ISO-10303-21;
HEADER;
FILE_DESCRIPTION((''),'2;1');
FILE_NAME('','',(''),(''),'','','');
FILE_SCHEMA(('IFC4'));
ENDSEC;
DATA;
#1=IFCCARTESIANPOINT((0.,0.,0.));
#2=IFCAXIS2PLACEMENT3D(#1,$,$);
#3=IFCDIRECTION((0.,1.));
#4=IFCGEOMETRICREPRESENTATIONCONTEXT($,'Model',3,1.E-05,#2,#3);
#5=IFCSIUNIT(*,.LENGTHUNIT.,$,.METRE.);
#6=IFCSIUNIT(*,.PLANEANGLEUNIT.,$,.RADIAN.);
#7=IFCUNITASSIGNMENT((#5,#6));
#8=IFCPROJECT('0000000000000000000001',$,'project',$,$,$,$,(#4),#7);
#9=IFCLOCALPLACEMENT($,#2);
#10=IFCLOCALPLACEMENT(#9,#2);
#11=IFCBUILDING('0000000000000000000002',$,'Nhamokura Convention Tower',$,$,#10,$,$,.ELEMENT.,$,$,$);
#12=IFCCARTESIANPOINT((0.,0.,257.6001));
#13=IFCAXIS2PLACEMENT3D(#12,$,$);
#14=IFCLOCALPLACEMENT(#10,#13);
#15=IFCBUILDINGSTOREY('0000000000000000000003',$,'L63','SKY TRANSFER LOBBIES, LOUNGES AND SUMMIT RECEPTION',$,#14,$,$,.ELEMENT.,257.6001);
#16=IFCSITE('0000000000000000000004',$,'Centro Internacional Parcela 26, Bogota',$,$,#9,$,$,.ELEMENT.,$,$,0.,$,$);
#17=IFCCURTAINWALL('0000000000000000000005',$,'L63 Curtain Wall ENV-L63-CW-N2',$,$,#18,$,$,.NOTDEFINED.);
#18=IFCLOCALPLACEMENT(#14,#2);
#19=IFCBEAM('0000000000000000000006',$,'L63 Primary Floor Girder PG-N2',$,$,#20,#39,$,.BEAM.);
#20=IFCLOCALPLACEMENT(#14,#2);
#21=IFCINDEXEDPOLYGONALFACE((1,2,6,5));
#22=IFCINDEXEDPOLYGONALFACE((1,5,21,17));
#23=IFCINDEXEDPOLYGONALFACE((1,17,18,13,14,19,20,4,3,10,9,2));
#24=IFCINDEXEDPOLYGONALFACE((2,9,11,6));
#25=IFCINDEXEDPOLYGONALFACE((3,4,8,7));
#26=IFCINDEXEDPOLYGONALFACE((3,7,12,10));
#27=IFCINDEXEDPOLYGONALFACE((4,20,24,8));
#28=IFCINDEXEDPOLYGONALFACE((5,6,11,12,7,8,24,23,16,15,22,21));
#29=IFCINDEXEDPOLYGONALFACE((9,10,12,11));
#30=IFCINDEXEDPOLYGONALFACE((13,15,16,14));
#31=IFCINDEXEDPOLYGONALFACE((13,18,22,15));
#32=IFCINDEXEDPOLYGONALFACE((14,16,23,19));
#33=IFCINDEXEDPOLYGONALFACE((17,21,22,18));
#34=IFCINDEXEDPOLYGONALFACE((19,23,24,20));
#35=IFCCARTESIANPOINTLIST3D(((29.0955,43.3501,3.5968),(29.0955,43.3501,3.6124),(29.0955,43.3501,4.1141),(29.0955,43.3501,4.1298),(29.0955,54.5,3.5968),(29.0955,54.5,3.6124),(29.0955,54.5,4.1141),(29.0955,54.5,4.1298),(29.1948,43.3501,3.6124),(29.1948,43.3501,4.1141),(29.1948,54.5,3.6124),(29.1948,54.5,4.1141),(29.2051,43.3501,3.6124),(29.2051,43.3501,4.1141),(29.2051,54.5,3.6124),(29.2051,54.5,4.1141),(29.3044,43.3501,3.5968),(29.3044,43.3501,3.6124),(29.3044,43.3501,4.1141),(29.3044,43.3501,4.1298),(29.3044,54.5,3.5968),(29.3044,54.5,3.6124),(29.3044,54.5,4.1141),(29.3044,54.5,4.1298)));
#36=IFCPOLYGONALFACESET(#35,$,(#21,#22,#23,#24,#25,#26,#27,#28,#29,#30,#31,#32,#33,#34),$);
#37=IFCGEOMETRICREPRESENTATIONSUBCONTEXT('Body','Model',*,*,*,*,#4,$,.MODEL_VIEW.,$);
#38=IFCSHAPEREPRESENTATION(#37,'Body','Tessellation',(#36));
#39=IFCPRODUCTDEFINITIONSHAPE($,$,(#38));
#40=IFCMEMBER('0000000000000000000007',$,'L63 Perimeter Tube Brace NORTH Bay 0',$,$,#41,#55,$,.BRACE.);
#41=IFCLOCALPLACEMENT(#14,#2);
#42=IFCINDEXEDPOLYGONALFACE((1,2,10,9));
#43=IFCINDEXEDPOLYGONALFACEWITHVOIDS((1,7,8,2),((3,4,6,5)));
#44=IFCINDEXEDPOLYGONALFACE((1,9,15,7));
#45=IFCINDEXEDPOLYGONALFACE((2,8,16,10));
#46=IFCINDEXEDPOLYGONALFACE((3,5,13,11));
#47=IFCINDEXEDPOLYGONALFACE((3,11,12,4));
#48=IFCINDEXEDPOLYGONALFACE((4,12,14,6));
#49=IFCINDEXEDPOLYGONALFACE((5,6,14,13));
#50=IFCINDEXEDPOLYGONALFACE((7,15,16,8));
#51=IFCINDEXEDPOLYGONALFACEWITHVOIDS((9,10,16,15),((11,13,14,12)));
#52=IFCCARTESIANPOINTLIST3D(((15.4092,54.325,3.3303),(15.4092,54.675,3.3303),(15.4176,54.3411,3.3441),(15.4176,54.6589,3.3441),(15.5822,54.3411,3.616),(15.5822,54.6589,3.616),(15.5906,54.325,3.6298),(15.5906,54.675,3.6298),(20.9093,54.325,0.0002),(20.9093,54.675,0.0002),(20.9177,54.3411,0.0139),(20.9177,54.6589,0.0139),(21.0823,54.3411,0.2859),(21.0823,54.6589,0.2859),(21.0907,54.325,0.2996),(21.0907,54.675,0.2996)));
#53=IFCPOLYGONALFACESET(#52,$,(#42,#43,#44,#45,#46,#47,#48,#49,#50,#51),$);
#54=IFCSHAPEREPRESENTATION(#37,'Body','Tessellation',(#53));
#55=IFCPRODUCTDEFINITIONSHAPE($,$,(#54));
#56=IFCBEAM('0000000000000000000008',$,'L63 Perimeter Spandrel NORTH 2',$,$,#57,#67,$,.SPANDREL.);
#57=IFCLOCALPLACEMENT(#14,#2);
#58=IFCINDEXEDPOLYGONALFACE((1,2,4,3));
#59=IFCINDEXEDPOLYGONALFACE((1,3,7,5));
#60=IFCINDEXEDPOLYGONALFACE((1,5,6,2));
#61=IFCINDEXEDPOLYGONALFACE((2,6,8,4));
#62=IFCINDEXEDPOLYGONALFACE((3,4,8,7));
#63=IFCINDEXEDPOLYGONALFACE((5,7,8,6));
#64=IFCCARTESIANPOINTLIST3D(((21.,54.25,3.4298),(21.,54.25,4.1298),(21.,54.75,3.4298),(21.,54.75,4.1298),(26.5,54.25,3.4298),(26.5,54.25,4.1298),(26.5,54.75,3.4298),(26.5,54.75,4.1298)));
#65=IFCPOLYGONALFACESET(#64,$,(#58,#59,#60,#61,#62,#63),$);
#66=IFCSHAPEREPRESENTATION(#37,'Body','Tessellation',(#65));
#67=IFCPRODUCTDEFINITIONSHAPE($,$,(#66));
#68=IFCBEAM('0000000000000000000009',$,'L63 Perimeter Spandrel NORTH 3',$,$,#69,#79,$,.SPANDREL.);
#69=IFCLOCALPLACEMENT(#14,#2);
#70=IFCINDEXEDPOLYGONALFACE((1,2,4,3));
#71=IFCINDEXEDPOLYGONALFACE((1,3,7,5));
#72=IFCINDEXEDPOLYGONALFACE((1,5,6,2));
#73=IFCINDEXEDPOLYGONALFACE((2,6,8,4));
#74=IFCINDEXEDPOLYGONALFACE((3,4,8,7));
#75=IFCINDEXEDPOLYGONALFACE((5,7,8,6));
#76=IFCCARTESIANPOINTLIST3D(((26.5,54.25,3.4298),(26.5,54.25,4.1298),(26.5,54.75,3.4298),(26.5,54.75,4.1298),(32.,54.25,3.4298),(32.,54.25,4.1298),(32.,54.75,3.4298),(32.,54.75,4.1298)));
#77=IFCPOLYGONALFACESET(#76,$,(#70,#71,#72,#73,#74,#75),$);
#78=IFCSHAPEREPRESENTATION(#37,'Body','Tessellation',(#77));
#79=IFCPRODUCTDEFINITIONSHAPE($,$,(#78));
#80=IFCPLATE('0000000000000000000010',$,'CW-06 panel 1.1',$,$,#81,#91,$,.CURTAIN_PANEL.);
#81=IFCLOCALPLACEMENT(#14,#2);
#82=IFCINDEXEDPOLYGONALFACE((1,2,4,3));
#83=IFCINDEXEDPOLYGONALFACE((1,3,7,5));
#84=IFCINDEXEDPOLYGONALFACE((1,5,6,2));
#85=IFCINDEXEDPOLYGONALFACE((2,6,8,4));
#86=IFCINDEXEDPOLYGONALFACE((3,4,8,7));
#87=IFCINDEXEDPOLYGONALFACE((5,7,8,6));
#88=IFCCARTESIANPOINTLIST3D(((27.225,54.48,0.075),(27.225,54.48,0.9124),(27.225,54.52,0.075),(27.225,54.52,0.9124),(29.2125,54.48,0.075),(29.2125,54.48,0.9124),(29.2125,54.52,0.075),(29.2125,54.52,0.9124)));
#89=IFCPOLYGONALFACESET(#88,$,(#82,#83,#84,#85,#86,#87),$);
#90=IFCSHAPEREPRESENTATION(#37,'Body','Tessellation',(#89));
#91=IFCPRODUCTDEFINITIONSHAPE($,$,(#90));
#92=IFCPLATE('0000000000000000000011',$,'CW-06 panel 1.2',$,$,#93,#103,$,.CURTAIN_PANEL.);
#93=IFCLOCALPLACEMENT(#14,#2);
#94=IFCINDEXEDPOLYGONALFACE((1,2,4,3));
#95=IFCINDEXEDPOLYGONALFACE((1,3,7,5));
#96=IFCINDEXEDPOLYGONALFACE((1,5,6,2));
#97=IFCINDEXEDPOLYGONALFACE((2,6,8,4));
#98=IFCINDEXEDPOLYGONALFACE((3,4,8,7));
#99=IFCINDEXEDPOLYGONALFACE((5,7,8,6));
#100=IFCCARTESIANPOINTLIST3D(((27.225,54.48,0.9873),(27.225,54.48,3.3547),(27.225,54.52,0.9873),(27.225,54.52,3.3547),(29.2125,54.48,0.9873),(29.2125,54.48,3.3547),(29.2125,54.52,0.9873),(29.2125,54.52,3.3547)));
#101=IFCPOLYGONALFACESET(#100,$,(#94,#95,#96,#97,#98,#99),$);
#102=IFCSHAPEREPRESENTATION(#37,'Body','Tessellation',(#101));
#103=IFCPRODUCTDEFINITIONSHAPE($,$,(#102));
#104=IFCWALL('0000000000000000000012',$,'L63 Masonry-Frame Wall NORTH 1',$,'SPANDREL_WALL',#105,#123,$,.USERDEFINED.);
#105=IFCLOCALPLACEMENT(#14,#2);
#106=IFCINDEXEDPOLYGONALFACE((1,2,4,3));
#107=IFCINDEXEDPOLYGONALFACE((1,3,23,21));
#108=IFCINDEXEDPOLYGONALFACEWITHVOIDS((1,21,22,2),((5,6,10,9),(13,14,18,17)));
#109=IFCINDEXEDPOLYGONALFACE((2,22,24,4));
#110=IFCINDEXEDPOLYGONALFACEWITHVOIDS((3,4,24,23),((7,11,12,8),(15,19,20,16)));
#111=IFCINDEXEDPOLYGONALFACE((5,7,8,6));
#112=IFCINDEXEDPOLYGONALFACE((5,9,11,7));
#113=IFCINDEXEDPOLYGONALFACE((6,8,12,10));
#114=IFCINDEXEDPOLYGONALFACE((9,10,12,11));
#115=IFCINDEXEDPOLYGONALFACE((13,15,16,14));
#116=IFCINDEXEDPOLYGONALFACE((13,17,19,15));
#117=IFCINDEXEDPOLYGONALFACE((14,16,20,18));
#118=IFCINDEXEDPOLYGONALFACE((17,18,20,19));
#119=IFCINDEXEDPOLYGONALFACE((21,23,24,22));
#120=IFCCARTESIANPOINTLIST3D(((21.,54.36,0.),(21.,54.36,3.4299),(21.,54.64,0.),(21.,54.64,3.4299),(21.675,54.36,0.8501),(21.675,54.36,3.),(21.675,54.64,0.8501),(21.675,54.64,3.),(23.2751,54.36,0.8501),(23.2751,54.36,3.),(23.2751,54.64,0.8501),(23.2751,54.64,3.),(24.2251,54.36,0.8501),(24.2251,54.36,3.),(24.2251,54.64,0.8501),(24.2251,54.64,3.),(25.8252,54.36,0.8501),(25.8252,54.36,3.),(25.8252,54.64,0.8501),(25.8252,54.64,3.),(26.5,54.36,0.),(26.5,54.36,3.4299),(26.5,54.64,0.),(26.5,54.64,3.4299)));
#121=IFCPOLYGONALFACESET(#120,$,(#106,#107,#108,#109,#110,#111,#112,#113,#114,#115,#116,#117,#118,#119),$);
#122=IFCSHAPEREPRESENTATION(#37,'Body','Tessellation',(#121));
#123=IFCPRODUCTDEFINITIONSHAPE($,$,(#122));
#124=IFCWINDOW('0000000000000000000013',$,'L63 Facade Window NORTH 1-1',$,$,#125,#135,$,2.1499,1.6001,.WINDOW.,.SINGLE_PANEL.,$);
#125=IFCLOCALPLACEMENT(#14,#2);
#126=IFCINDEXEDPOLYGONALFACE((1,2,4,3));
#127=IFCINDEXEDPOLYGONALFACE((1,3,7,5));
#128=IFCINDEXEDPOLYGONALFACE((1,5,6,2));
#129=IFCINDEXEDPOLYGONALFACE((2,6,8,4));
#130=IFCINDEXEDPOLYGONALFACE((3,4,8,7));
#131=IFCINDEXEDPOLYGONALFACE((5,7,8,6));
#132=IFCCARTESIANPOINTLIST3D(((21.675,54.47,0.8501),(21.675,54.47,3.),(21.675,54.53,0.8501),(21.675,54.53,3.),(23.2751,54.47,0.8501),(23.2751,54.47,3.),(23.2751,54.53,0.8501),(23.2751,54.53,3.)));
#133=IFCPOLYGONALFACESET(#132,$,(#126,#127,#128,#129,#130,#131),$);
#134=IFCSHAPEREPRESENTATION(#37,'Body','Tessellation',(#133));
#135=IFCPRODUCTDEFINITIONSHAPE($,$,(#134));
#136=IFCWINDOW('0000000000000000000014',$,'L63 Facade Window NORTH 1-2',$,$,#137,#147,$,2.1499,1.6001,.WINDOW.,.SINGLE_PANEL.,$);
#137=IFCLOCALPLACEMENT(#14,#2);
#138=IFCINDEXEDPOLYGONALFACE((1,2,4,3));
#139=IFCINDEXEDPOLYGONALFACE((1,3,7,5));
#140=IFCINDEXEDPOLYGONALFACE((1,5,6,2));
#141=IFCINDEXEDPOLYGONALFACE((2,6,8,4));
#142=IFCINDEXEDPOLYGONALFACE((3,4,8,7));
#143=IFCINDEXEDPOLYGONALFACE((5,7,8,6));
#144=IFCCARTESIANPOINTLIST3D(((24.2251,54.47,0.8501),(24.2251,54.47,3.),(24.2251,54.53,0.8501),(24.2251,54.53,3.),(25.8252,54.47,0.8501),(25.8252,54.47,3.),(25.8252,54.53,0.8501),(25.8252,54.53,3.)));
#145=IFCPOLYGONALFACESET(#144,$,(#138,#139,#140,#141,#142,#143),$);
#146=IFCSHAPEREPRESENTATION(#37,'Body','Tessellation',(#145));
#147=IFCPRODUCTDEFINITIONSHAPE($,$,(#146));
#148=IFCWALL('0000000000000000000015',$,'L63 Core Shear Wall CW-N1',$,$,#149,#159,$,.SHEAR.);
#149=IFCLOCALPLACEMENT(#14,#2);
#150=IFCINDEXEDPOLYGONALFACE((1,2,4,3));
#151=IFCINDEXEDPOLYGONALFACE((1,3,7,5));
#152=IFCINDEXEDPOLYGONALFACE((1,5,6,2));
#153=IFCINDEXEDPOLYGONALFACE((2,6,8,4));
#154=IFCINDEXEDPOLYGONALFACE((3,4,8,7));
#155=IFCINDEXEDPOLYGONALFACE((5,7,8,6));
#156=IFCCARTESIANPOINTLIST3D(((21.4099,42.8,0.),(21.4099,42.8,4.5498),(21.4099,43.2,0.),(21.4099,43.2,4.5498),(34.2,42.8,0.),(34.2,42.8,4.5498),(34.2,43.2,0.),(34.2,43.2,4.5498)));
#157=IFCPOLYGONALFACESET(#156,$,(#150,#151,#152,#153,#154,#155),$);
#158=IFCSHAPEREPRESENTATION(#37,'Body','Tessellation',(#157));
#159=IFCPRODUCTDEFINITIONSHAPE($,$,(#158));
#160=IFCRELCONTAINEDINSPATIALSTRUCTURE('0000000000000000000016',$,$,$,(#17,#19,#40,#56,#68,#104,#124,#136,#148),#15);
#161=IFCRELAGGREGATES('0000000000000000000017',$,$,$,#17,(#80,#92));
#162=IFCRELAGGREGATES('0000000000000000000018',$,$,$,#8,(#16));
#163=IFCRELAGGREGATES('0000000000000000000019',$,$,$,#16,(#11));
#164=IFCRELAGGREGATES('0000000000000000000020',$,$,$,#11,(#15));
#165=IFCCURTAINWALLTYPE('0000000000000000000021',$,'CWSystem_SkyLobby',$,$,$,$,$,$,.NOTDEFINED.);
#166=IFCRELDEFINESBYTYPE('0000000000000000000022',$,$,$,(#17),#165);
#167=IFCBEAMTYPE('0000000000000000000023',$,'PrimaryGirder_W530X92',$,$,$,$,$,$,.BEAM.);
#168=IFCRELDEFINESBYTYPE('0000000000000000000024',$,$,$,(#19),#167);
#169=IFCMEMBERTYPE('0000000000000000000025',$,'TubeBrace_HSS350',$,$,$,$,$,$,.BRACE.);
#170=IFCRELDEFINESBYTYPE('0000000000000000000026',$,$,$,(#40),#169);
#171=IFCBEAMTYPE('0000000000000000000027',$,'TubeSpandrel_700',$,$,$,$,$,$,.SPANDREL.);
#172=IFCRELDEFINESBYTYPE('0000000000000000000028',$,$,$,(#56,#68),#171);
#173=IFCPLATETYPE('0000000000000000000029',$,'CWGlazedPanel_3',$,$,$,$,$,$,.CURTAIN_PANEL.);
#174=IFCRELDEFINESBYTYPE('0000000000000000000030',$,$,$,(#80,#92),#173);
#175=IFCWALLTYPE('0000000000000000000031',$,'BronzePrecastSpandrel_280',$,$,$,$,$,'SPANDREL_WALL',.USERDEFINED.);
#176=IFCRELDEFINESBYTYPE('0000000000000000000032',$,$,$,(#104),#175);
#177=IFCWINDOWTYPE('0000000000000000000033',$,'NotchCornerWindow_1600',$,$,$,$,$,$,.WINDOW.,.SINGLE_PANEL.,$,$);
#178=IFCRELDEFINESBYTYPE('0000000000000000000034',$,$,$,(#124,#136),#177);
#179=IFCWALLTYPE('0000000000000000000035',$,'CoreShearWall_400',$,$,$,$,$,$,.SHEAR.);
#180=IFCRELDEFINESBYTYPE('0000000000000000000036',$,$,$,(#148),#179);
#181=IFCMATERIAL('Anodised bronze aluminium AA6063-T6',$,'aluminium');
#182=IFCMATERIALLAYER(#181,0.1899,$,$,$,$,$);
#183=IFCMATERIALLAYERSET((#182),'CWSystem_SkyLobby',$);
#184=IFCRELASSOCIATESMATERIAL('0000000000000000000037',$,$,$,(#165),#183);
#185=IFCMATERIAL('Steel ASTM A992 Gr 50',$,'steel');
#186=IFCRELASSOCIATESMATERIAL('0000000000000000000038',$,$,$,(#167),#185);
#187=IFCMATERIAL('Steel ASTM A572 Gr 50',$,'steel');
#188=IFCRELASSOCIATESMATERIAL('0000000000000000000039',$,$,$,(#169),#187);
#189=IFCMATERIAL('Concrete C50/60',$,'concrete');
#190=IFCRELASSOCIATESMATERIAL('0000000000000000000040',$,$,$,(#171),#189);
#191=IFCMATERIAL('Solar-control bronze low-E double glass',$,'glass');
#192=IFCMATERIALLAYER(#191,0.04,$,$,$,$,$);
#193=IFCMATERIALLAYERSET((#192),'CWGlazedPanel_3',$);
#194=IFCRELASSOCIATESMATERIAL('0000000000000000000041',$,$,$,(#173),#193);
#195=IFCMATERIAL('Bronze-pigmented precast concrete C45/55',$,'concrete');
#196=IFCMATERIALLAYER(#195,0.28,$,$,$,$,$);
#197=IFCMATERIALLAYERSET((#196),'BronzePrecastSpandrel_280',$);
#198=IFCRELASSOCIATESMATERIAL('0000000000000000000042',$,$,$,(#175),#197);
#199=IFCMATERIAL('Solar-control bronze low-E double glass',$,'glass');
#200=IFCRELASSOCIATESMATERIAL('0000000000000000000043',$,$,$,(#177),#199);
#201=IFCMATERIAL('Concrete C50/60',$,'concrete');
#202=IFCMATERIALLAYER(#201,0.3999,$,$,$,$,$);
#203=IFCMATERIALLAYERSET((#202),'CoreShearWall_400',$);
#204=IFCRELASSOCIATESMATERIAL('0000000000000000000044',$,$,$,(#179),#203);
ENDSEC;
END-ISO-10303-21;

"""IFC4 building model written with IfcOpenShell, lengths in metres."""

from ifc_helpers import new_model, si_unit, direction, frame, frame_2d, origin, origin_2d, place, context, subcontext, project, spatial, rectangle, hollow_rectangle, i_section, extrude, material, layer, layer_set, material_profile, profile_set, type_object, element, fill, aggregate, save


model = new_model("IFC4")

# Units and contexts
model_context = context("Model", 3, precision=1e-05, world=origin(), true_north=direction((0.0, 1.0)))
body_context = subcontext(model_context, "Body", "Model", "MODEL_VIEW")
ifc_project = project(units=[si_unit("LENGTHUNIT", "METRE"), si_unit("PLANEANGLEUNIT", "RADIAN")], contexts=[model_context])

# Site, building, storey
site_placement = place(None, origin())
site = spatial("IfcSite", under=ifc_project, at=site_placement, Name="Centro Internacional Parcela 26, Bogota", CompositionType="ELEMENT", RefElevation=0.0)
building_placement = place(site_placement, origin())
building = spatial("IfcBuilding", under=site, at=building_placement, Name="Nhamokura Convention Tower", CompositionType="ELEMENT")
storey_placement = place(building_placement, frame((0.0, 0.0, 257.6001)))
storey = spatial("IfcBuildingStorey", under=building, at=storey_placement, Name="L63", Description="SKY TRANSFER LOBBIES, LOUNGES AND SUMMIT RECEPTION", CompositionType="ELEMENT", Elevation=257.6001)

# Curtain wall
ifc_material_1 = material(Name="Anodised bronze aluminium AA6063-T6", Category="aluminium")
ifc_layer_1 = layer(ifc_material_1, 0.1899)
ifc_layer_set_1 = layer_set([ifc_layer_1], Name="CWSystem_SkyLobby")
curtain_wall_type = type_object("IfcCurtainWallType", Name="CWSystem_SkyLobby", PredefinedType="NOTDEFINED", material=ifc_layer_set_1)
curtain_wall_placement = place(storey_placement, origin())
curtain_wall = element("IfcCurtainWall", 1, at=curtain_wall_placement, inside=storey, type_object=curtain_wall_type, Name="L63 Curtain Wall ENV-L63-CW-N2", PredefinedType="NOTDEFINED")

# Beam
ifc_material_2 = material(Name="Steel ASTM A992 Gr 50", Category="steel")
ifc_material_profile_1 = material_profile(ifc_material_2, i_section(OverallWidth=0.209, OverallDepth=0.533, WebThickness=0.0103, FlangeThickness=0.0156, at=origin_2d()))
ifc_profile_set_1 = profile_set([ifc_material_profile_1], Name="Steel ASTM A992 Gr 50")
beam_type_1 = type_object("IfcBeamType", Name="PrimaryGirder_W530X92", PredefinedType="BEAM", material=ifc_profile_set_1)
beam_placement = place(storey_placement, frame((29.2, 43.3501, 3.8633), z_axis=(0.0, 1.0, 0.0), x_axis=(-1.0, 0.0, 0.0)))
element("IfcBeam", 2, at=beam_placement, inside=storey, type_object=beam_type_1, Name="L63 Primary Floor Girder PG-N2", PredefinedType="BEAM", context=body_context, shape_type="SweptSolid", body=[
    extrude(i_section(OverallWidth=0.209, OverallDepth=0.533, WebThickness=0.0103, FlangeThickness=0.0156, at=origin_2d()), origin(), (0.0, 0.0, 1.0), 11.1499),
])

# Member
ifc_material_3 = material(Name="Steel ASTM A572 Gr 50", Category="steel")
ifc_material_profile_2 = material_profile(ifc_material_3, hollow_rectangle(XDim=0.3501, YDim=0.3501, WallThickness=0.0161, at=origin_2d()))
ifc_profile_set_2 = profile_set([ifc_material_profile_2], Name="Steel ASTM A572 Gr 50")
member_type_1 = type_object("IfcMemberType", Name="TubeBrace_HSS350", PredefinedType="BRACE", material=ifc_profile_set_2)
member_1_placement = place(storey_placement, frame((21.0, 54.5, 0.1499), z_axis=(-0.855422, 0.0, 0.517931), x_axis=(0.0, -1.0, 0.0)))
element("IfcMember", 3, at=member_1_placement, inside=storey, type_object=member_type_1, Name="L63 Perimeter Tube Brace NORTH Bay 0", PredefinedType="BRACE", context=body_context, shape_type="SweptSolid", body=[
    extrude(hollow_rectangle(XDim=0.3501, YDim=0.3501, WallThickness=0.0161, at=origin_2d()), origin(), (0.0, 0.0, 1.0), 6.4297),
])

# Beams
ifc_material_4 = material(Name="Concrete C50/60", Category="concrete")
ifc_material_profile_3 = material_profile(ifc_material_4, rectangle(XDim=0.5, YDim=0.7, at=origin_2d()))
ifc_profile_set_3 = profile_set([ifc_material_profile_3], Name="Concrete C50/60")
beam_type_2 = type_object("IfcBeamType", Name="TubeSpandrel_700", PredefinedType="SPANDREL", material=ifc_profile_set_3)
for number, where, z_axis, x_axis, name in (
    (4, (21.0, 54.5, 3.7798), (1.0, 0.0, 0.0), (0.0, 1.0, 0.0), "L63 Perimeter Spandrel NORTH 2"),
    (5, (26.5, 54.5, 3.7798), (1.0, 0.0, 0.0), (0.0, 1.0, 0.0), "L63 Perimeter Spandrel NORTH 3"),
):
    element("IfcBeam", number, at=place(storey_placement, frame(where, z_axis=z_axis, x_axis=x_axis)), inside=storey, type_object=beam_type_2, Name=name, PredefinedType="SPANDREL", context=body_context, shape_type="SweptSolid", body=[
        extrude(rectangle(XDim=0.5, YDim=0.7, at=origin_2d()), origin(), (0.0, 0.0, 1.0), 5.5),
    ])

# Plates
ifc_material_5 = material(Name="Solar-control bronze low-E double glass", Category="glass")
ifc_layer_2 = layer(ifc_material_5, 0.04)
ifc_layer_set_2 = layer_set([ifc_layer_2], Name="CWGlazedPanel_3")
plate_type = type_object("IfcPlateType", Name="CWGlazedPanel_3", PredefinedType="CURTAIN_PANEL", material=ifc_layer_set_2)
plate_1_placement = place(storey_placement, frame((28.2188, 54.5, 0.075), z_axis=(0.0, 0.0, 1.0), x_axis=(1.0, 0.0, 0.0)))
plate_1 = element("IfcPlate", 6, at=plate_1_placement, type_object=plate_type, Name="CW-06 panel 1.1", PredefinedType="CURTAIN_PANEL", context=body_context, shape_type="SweptSolid", body=[
    extrude(rectangle(XDim=1.9875, YDim=0.04, at=origin_2d()), origin(), (0.0, 0.0, 1.0), 0.8374),
])
plate_2_placement = place(storey_placement, frame((28.2188, 54.5, 0.9873), z_axis=(0.0, 0.0, 1.0), x_axis=(1.0, 0.0, 0.0)))
plate_2 = element("IfcPlate", 7, at=plate_2_placement, type_object=plate_type, Name="CW-06 panel 1.2", PredefinedType="CURTAIN_PANEL", context=body_context, shape_type="SweptSolid", body=[
    extrude(rectangle(XDim=1.9875, YDim=0.04, at=origin_2d()), origin(), (0.0, 0.0, 1.0), 2.3674),
])
aggregate(curtain_wall, [plate_1, plate_2])

# Wall, openings, windows
ifc_material_6 = material(Name="Bronze-pigmented precast concrete C45/55", Category="concrete")
ifc_layer_3 = layer(ifc_material_6, 0.28)
ifc_layer_set_3 = layer_set([ifc_layer_3], Name="BronzePrecastSpandrel_280")
wall_type_1 = type_object("IfcWallType", Name="BronzePrecastSpandrel_280", ElementType="SPANDREL_WALL", PredefinedType="USERDEFINED", material=ifc_layer_set_3)
wall_1_placement = place(storey_placement, frame((21.0, 54.5, 0.0), z_axis=(0.0, 0.0, 1.0), x_axis=(1.0, 0.0, 0.0)))
wall_1 = element("IfcWall", 8, at=wall_1_placement, inside=storey, type_object=wall_type_1, Name="L63 Masonry-Frame Wall NORTH 1", ObjectType="SPANDREL_WALL", PredefinedType="USERDEFINED", context=body_context, shape_type="SweptSolid", body=[
    extrude(rectangle(XDim=5.5, YDim=0.28, at=frame_2d((2.75, 0.0))), origin(), (0.0, 0.0, 1.0), 3.4299),
])
opening_1_placement = place(wall_1_placement, frame((0.675, 0.0, 0.8501)))
opening_1 = element("IfcOpeningElement", 9, at=opening_1_placement, cuts=wall_1, PredefinedType="OPENING", context=body_context, shape_type="SweptSolid", body=[
    extrude(rectangle(XDim=1.6001, YDim=2.1499, at=frame_2d((0.8, 1.075))), frame((0.0, 0.1499, 0.0), z_axis=(0.0, -1.0, 0.0), x_axis=(1.0, 0.0, 0.0)), (0.0, 0.0, 1.0), 0.3),
])
opening_2_placement = place(wall_1_placement, frame((3.2251, 0.0, 0.8501)))
opening_2 = element("IfcOpeningElement", 10, at=opening_2_placement, cuts=wall_1, PredefinedType="OPENING", context=body_context, shape_type="SweptSolid", body=[
    extrude(rectangle(XDim=1.6001, YDim=2.1499, at=frame_2d((0.8, 1.075))), frame((0.0, 0.1499, 0.0), z_axis=(0.0, -1.0, 0.0), x_axis=(1.0, 0.0, 0.0)), (0.0, 0.0, 1.0), 0.3),
])
ifc_material_7 = material(Name="Solar-control bronze low-E double glass", Category="glass")
window_type = type_object("IfcWindowType", Name="NotchCornerWindow_1600", PartitioningType="SINGLE_PANEL", PredefinedType="WINDOW", material=ifc_material_7)
window_1_placement = place(opening_1_placement, origin())
window_1 = element("IfcWindow", 11, at=window_1_placement, inside=storey, type_object=window_type, Name="L63 Facade Window NORTH 1-1", OverallHeight=2.1499, OverallWidth=1.6001, PartitioningType="SINGLE_PANEL", PredefinedType="WINDOW", context=body_context, shape_type="SweptSolid", body=[
    extrude(rectangle(XDim=1.6001, YDim=2.1499, at=frame_2d((0.8, 1.075))), frame((0.0, 0.03, 0.0), z_axis=(0.0, -1.0, 0.0), x_axis=(1.0, 0.0, 0.0)), (0.0, 0.0, 1.0), 0.0601),
])
fill(opening_1, window_1)
window_2_placement = place(opening_2_placement, origin())
window_2 = element("IfcWindow", 12, at=window_2_placement, inside=storey, type_object=window_type, Name="L63 Facade Window NORTH 1-2", OverallHeight=2.1499, OverallWidth=1.6001, PartitioningType="SINGLE_PANEL", PredefinedType="WINDOW", context=body_context, shape_type="SweptSolid", body=[
    extrude(rectangle(XDim=1.6001, YDim=2.1499, at=frame_2d((0.8, 1.075))), frame((0.0, 0.03, 0.0), z_axis=(0.0, -1.0, 0.0), x_axis=(1.0, 0.0, 0.0)), (0.0, 0.0, 1.0), 0.0601),
])
fill(opening_2, window_2)

# Wall
ifc_material_8 = material(Name="Concrete C50/60", Category="concrete")
ifc_layer_4 = layer(ifc_material_8, 0.3999)
ifc_layer_set_4 = layer_set([ifc_layer_4], Name="CoreShearWall_400")
wall_type_2 = type_object("IfcWallType", Name="CoreShearWall_400", PredefinedType="SHEAR", material=ifc_layer_set_4)
wall_2_placement = place(storey_placement, frame((21.4099, 43.0, 0.0), z_axis=(0.0, 0.0, 1.0), x_axis=(1.0, 0.0, 0.0)))
element("IfcWall", 13, at=wall_2_placement, inside=storey, type_object=wall_type_2, Name="L63 Core Shear Wall CW-N1", PredefinedType="SHEAR", context=body_context, shape_type="SweptSolid", body=[
    extrude(rectangle(XDim=12.79, YDim=0.3999, at=frame_2d((6.395, 0.0))), origin(), (0.0, 0.0, 1.0), 4.5498),
])

save(model, "model.ifc")
